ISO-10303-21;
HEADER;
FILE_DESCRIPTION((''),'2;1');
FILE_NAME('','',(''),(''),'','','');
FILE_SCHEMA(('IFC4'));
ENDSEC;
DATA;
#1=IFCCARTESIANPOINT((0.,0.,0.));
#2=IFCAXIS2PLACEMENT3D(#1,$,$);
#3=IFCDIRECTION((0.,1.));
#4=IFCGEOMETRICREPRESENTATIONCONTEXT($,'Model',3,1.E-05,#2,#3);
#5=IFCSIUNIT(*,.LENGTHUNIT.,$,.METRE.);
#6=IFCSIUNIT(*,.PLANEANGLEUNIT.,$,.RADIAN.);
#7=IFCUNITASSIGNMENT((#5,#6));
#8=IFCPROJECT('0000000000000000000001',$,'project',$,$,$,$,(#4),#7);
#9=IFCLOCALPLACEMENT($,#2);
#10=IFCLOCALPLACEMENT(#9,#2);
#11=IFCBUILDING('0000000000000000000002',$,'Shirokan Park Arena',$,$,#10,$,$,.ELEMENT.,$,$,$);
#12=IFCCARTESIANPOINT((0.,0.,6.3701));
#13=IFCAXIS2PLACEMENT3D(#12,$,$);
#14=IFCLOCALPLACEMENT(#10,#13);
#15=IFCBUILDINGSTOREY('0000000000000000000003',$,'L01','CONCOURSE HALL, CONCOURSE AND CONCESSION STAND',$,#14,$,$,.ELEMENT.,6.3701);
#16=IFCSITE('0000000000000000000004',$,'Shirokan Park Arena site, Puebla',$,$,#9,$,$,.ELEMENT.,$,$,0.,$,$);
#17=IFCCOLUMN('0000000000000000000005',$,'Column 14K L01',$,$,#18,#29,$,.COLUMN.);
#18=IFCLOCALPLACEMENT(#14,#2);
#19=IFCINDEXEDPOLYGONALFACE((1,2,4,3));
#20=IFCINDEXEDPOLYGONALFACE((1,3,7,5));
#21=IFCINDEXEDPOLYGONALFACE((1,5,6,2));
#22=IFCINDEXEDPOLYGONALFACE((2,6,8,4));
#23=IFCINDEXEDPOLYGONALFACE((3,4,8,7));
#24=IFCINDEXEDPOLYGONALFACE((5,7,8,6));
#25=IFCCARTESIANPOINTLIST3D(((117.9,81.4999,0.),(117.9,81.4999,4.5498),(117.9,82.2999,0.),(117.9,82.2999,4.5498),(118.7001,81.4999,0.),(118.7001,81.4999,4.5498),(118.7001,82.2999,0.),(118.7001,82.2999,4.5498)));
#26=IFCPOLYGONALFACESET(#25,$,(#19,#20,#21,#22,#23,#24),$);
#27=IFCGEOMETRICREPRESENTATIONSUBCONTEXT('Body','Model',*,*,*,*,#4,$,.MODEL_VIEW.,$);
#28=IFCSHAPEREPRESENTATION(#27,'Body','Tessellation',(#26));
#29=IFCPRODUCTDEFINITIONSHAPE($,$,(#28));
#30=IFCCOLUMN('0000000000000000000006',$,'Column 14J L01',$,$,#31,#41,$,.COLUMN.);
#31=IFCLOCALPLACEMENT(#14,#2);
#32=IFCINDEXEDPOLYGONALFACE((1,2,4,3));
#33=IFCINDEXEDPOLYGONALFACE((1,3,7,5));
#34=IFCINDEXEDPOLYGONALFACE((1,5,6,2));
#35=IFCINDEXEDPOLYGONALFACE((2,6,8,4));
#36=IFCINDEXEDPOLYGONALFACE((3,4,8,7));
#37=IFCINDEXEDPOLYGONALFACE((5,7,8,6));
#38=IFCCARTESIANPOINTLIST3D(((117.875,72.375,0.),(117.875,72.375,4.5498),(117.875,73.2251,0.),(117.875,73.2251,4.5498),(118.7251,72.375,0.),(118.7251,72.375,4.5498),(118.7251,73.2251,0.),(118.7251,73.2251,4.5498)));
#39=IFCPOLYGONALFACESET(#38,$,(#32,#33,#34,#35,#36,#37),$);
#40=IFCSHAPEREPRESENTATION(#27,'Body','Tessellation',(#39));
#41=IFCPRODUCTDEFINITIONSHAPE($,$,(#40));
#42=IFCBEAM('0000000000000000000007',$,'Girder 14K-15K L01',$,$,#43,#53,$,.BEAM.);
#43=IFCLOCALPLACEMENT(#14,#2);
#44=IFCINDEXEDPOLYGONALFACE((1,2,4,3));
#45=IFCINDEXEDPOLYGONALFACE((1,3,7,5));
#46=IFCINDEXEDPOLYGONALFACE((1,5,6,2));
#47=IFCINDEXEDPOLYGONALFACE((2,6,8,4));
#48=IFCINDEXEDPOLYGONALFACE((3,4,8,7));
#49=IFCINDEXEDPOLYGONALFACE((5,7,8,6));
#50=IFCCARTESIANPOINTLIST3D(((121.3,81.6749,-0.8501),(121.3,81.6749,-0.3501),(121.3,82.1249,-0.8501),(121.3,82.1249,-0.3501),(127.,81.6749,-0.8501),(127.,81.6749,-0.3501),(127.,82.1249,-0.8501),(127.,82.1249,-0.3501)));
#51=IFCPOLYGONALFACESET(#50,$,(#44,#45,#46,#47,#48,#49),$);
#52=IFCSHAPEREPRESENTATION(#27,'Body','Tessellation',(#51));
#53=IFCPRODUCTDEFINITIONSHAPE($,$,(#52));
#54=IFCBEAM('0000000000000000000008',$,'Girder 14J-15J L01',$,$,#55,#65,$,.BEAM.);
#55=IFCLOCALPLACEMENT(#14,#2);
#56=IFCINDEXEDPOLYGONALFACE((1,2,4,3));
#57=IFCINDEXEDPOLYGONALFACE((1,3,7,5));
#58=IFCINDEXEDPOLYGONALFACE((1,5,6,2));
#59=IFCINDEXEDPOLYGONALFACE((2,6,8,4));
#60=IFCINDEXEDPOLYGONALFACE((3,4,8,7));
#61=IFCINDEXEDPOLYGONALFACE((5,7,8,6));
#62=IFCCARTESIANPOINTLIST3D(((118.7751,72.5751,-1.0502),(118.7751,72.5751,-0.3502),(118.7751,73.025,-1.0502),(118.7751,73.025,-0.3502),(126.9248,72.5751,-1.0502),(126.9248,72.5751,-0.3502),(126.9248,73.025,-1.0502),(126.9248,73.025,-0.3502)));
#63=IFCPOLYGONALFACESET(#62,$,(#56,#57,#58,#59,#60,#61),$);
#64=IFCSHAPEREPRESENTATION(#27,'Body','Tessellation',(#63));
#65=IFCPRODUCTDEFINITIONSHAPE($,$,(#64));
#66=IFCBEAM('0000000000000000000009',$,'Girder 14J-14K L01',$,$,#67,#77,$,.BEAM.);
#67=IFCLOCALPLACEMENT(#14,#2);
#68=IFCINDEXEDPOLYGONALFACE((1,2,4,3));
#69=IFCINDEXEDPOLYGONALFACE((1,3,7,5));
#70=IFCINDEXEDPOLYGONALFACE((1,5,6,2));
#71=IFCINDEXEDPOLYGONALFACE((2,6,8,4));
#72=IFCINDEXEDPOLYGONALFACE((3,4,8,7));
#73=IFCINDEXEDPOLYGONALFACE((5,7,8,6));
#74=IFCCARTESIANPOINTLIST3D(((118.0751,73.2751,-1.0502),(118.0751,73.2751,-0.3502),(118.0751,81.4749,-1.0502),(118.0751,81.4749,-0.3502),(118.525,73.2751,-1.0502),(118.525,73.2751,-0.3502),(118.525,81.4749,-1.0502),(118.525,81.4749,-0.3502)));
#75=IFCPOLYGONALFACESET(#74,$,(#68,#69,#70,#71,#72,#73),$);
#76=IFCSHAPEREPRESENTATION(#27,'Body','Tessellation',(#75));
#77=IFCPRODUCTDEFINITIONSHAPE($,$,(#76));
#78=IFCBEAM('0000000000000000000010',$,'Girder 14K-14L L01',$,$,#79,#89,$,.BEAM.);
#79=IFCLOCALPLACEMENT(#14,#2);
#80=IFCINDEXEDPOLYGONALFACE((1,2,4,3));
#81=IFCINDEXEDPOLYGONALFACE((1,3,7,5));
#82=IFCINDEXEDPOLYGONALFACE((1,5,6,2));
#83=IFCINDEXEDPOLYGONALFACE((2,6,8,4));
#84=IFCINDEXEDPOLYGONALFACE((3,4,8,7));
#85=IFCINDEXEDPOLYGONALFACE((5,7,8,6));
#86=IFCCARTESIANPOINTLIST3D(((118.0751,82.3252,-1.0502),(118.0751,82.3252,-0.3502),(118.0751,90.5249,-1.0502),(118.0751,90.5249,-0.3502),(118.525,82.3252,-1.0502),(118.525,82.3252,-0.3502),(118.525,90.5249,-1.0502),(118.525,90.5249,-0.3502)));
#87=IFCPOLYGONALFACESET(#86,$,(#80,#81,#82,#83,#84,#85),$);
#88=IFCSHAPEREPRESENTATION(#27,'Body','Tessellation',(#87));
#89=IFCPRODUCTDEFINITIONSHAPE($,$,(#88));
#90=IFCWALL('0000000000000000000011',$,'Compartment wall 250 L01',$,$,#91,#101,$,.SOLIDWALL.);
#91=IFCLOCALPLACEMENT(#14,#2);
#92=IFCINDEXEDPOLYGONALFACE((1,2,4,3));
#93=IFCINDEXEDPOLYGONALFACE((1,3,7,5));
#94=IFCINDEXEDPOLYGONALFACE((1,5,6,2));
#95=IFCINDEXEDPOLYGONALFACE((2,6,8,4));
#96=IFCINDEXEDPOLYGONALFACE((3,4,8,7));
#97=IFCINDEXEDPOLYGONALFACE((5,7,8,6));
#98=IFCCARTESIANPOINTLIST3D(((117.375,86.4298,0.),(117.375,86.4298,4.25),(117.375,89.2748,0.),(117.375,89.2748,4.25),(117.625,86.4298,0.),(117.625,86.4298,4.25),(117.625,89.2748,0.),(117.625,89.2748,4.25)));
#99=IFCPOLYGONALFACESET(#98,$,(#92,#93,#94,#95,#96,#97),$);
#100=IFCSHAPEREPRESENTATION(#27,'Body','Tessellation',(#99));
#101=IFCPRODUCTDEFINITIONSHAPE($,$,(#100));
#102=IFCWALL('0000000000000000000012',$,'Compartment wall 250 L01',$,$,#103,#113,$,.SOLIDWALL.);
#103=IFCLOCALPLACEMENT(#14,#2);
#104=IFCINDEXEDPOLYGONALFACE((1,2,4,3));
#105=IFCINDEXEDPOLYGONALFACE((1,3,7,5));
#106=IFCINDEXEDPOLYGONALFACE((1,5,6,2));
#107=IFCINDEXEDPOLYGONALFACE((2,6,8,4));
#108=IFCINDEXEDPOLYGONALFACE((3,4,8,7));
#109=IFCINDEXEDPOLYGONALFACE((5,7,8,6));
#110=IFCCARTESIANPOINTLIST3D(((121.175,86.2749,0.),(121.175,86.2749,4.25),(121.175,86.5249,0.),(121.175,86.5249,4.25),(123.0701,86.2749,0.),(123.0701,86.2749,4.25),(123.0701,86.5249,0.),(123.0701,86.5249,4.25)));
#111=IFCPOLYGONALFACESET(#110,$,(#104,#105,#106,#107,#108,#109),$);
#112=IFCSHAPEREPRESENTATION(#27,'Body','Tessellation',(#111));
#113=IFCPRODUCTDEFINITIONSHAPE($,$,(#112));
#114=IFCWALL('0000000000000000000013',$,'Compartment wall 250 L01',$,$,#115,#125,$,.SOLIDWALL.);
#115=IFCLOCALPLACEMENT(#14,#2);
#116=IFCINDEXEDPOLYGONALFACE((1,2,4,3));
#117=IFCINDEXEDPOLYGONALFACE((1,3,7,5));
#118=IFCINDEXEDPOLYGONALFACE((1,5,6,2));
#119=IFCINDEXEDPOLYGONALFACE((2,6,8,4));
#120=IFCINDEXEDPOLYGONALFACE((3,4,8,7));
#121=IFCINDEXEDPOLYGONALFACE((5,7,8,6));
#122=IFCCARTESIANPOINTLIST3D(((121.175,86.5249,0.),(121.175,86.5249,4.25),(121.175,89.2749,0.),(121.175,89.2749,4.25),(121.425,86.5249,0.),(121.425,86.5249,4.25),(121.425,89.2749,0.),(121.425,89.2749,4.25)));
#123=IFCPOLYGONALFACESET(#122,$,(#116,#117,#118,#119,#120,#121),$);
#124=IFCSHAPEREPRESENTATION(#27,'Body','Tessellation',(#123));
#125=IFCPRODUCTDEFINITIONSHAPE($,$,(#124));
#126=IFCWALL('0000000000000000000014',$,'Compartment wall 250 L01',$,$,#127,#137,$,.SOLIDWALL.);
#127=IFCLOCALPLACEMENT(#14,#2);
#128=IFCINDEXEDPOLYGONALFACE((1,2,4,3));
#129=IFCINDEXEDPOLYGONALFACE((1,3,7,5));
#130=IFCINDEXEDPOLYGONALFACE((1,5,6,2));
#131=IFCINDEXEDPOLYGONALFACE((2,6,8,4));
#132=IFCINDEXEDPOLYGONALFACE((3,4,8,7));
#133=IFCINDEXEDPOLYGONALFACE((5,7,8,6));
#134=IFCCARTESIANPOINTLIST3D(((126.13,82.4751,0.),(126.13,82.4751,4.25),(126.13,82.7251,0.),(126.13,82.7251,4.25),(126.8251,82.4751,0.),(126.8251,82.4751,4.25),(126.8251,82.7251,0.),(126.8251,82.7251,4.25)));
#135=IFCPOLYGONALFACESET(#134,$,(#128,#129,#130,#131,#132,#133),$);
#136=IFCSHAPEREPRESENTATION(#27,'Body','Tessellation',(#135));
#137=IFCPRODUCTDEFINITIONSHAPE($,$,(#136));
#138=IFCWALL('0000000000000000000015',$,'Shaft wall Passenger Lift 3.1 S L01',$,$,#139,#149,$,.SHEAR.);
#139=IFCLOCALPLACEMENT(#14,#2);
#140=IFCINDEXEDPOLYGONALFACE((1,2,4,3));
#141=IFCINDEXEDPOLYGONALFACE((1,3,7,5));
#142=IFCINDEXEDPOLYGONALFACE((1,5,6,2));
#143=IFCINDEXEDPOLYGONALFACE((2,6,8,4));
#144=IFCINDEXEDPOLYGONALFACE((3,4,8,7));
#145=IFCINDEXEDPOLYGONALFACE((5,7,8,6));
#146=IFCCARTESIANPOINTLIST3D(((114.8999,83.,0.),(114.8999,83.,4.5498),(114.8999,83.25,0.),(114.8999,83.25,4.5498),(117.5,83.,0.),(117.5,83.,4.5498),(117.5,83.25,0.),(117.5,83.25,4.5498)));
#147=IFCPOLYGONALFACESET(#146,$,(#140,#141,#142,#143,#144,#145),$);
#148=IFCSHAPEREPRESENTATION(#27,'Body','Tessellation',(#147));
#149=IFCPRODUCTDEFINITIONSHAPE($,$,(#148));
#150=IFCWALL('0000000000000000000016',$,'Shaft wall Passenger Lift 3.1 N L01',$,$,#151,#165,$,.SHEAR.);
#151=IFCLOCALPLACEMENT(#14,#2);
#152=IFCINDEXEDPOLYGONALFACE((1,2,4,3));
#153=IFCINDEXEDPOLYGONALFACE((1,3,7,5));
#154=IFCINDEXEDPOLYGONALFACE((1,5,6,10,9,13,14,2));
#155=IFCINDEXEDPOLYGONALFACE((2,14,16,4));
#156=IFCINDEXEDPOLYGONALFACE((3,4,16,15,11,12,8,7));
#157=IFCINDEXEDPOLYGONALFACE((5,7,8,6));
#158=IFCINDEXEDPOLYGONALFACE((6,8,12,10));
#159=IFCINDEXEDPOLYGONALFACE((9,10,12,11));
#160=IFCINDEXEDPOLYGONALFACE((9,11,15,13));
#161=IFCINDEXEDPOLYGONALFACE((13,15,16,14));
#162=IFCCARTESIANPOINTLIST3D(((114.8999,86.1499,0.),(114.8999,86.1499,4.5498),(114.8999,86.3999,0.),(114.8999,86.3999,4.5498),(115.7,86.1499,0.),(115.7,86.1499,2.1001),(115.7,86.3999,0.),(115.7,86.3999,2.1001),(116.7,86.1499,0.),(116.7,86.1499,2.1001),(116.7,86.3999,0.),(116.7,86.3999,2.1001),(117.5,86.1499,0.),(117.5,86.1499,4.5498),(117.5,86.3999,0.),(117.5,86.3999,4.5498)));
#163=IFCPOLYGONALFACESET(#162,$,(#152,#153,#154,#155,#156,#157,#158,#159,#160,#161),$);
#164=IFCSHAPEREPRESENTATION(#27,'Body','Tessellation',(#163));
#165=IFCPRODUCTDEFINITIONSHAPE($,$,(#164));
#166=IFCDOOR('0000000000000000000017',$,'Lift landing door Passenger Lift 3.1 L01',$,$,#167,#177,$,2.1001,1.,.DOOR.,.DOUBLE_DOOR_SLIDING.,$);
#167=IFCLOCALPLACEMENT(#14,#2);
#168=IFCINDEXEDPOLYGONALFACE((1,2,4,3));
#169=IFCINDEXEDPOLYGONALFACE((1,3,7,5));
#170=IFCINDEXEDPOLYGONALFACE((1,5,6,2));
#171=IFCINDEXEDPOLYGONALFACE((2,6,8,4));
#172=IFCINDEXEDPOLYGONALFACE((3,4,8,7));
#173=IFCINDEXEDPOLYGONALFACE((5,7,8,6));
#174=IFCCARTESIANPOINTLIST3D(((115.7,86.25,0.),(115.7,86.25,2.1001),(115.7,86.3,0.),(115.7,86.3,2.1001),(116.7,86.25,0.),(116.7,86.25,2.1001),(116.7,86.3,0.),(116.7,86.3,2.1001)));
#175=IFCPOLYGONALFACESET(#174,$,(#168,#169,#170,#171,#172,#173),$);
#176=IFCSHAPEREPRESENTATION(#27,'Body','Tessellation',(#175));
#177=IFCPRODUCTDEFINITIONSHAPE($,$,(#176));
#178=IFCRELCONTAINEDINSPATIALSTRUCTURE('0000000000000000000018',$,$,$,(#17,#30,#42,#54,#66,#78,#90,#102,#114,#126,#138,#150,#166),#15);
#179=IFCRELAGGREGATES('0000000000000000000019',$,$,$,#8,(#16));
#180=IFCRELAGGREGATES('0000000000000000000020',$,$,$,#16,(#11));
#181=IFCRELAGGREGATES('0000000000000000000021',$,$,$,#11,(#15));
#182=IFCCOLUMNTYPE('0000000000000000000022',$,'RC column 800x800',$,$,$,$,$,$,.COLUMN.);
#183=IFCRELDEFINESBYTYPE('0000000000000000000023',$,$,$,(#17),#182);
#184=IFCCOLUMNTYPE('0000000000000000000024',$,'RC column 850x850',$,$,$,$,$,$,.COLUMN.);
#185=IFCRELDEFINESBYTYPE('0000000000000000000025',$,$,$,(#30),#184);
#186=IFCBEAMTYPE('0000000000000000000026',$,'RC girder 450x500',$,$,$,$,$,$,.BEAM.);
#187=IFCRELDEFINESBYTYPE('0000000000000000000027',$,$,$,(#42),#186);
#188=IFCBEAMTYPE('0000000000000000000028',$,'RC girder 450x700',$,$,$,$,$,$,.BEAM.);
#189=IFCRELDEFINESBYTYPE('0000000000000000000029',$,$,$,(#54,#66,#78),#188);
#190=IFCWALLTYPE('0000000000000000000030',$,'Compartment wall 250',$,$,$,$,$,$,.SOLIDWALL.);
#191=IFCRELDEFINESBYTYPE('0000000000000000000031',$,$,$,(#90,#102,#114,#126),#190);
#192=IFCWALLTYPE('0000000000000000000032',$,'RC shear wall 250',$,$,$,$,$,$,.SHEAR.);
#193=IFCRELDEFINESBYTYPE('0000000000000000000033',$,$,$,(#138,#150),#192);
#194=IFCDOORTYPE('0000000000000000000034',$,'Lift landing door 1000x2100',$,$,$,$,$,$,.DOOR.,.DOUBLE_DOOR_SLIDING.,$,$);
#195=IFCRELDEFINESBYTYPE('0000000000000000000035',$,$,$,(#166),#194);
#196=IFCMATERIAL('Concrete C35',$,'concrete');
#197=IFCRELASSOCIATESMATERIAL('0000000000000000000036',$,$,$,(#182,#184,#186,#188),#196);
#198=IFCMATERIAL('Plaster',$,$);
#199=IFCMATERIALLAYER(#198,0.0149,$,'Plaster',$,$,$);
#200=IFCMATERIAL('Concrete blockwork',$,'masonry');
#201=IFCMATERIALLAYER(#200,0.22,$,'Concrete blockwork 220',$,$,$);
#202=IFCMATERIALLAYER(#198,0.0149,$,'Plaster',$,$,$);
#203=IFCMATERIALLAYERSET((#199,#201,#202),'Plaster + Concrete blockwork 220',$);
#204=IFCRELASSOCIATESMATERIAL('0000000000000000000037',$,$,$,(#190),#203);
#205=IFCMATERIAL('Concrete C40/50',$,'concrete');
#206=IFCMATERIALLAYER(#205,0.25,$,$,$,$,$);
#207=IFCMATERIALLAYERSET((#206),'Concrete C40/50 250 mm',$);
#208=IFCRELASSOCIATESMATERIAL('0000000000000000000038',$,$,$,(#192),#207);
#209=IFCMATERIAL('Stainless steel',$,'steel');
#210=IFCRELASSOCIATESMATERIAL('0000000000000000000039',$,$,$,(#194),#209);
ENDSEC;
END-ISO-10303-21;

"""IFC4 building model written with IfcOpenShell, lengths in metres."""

from ifc_helpers import new_model, si_unit, direction, frame, frame_2d, origin, origin_2d, place, context, subcontext, project, spatial, rectangle, extrude, material, layer, layer_set, material_profile, profile_set, type_object, element, fill, save


model = new_model("IFC4")

# Units and contexts
model_context = context("Model", 3, precision=1e-05, world=origin(), true_north=direction((0.0, 1.0)))
body_context = subcontext(model_context, "Body", "Model", "MODEL_VIEW")
ifc_project = project(units=[si_unit("LENGTHUNIT", "METRE"), si_unit("PLANEANGLEUNIT", "RADIAN")], contexts=[model_context])

# Site, building, storey
site_placement = place(None, origin())
site = spatial("IfcSite", under=ifc_project, at=site_placement, Name="Shirokan Park Arena site, Puebla", CompositionType="ELEMENT", RefElevation=0.0)
building_placement = place(site_placement, origin())
building = spatial("IfcBuilding", under=site, at=building_placement, Name="Shirokan Park Arena", CompositionType="ELEMENT")
storey_placement = place(building_placement, frame((0.0, 0.0, 6.3701)))
storey = spatial("IfcBuildingStorey", under=building, at=storey_placement, Name="L01", Description="CONCOURSE HALL, CONCOURSE AND CONCESSION STAND", CompositionType="ELEMENT", Elevation=6.3701)

# Columns
ifc_material_1 = material(Name="Concrete C35", Category="concrete")
ifc_material_profile_1 = material_profile(ifc_material_1, rectangle(XDim=0.8, YDim=0.8, at=origin_2d()), Name="800x800")
ifc_profile_set_1 = profile_set([ifc_material_profile_1], Name="Concrete C35")
column_type_1 = type_object("IfcColumnType", Name="RC column 800x800", PredefinedType="COLUMN", material=ifc_profile_set_1)
column_1_placement = place(storey_placement, frame((118.3, 81.8999, 0.0), z_axis=(0.0, 0.0, 1.0), x_axis=(1.0, 0.0, 0.0)))
element("IfcColumn", 1, at=column_1_placement, inside=storey, type_object=column_type_1, Name="Column 14K L01", PredefinedType="COLUMN", context=body_context, shape_type="SweptSolid", body=[
    extrude(rectangle(XDim=0.8, YDim=0.8, at=origin_2d()), origin(), (0.0, 0.0, 1.0), 4.5498),
])
ifc_material_profile_2 = material_profile(ifc_material_1, rectangle(XDim=0.8501, YDim=0.8501, at=origin_2d()), Name="850x850")
ifc_profile_set_2 = profile_set([ifc_material_profile_2], Name="Concrete C35")
column_type_2 = type_object("IfcColumnType", Name="RC column 850x850", PredefinedType="COLUMN", material=ifc_profile_set_2)
column_2_placement = place(storey_placement, frame((118.3, 72.8, 0.0), z_axis=(0.0, 0.0, 1.0), x_axis=(1.0, 0.0, 0.0)))
element("IfcColumn", 2, at=column_2_placement, inside=storey, type_object=column_type_2, Name="Column 14J L01", PredefinedType="COLUMN", context=body_context, shape_type="SweptSolid", body=[
    extrude(rectangle(XDim=0.8501, YDim=0.8501, at=origin_2d()), origin(), (0.0, 0.0, 1.0), 4.5498),
])

# Beams
ifc_material_profile_3 = material_profile(ifc_material_1, rectangle(XDim=0.45, YDim=0.5, at=origin_2d()), Name="450x500")
ifc_profile_set_3 = profile_set([ifc_material_profile_3], Name="Concrete C35")
beam_type_1 = type_object("IfcBeamType", Name="RC girder 450x500", PredefinedType="BEAM", material=ifc_profile_set_3)
beam_1_placement = place(storey_placement, frame((121.3, 81.8999, -0.6001), z_axis=(1.0, 0.0, 0.0), x_axis=(0.0, 1.0, 0.0)))
element("IfcBeam", 3, at=beam_1_placement, inside=storey, type_object=beam_type_1, Name="Girder 14K-15K L01", PredefinedType="BEAM", context=body_context, shape_type="SweptSolid", body=[
    extrude(rectangle(XDim=0.45, YDim=0.5, at=origin_2d()), origin(), (0.0, 0.0, 1.0), 5.7),
])
ifc_material_profile_4 = material_profile(ifc_material_1, rectangle(XDim=0.45, YDim=0.7, at=origin_2d()), Name="450x700")
ifc_profile_set_4 = profile_set([ifc_material_profile_4], Name="Concrete C35")
beam_type_2 = type_object("IfcBeamType", Name="RC girder 450x700", PredefinedType="BEAM", material=ifc_profile_set_4)
beam_2_placement = place(storey_placement, frame((118.7751, 72.8, -0.7002), z_axis=(1.0, 0.0, 0.0), x_axis=(0.0, 1.0, 0.0)))
element("IfcBeam", 4, at=beam_2_placement, inside=storey, type_object=beam_type_2, Name="Girder 14J-15J L01", PredefinedType="BEAM", context=body_context, shape_type="SweptSolid", body=[
    extrude(rectangle(XDim=0.45, YDim=0.7, at=origin_2d()), origin(), (0.0, 0.0, 1.0), 8.1497),
])
for number, where, z_axis, x_axis, name in (
    (5, (118.3, 73.2751, -0.7002), (0.0, 1.0, 0.0), (-1.0, 0.0, 0.0), "Girder 14J-14K L01"),
    (6, (118.3, 82.3252, -0.7002), (0.0, 1.0, 0.0), (-1.0, 0.0, 0.0), "Girder 14K-14L L01"),
):
    element("IfcBeam", number, at=place(storey_placement, frame(where, z_axis=z_axis, x_axis=x_axis)), inside=storey, type_object=beam_type_2, Name=name, PredefinedType="BEAM", context=body_context, shape_type="SweptSolid", body=[
        extrude(rectangle(XDim=0.45, YDim=0.7, at=origin_2d()), origin(), (0.0, 0.0, 1.0), 8.1997),
    ])

# Walls
ifc_material_2 = material(Name="Plaster")
ifc_layer_1 = layer(ifc_material_2, 0.0149, Name="Plaster")
ifc_material_3 = material(Name="Concrete blockwork", Category="masonry")
ifc_layer_2 = layer(ifc_material_3, 0.22, Name="Concrete blockwork 220")
ifc_layer_3 = layer(ifc_material_2, 0.0149, Name="Plaster")
ifc_layer_set_1 = layer_set([ifc_layer_1, ifc_layer_2, ifc_layer_3], Name="Plaster + Concrete blockwork 220")
wall_type_1 = type_object("IfcWallType", Name="Compartment wall 250", PredefinedType="SOLIDWALL", material=ifc_layer_set_1)
wall_1_placement = place(storey_placement, frame((117.5, 86.4299, 0.0), z_axis=(0.0, 0.0, 1.0), x_axis=(0.0, 1.0, 0.0)))
element("IfcWall", 7, at=wall_1_placement, inside=storey, type_object=wall_type_1, Name="Compartment wall 250 L01", PredefinedType="SOLIDWALL", context=body_context, shape_type="SweptSolid", body=[
    extrude(rectangle(XDim=2.845, YDim=0.25, at=frame_2d((1.4224, 0.0))), origin(), (0.0, 0.0, 1.0), 4.25),
])
wall_2_placement = place(storey_placement, frame((121.175, 86.3999, 0.0), z_axis=(0.0, 0.0, 1.0), x_axis=(1.0, 0.0, 0.0)))
element("IfcWall", 8, at=wall_2_placement, inside=storey, type_object=wall_type_1, Name="Compartment wall 250 L01", PredefinedType="SOLIDWALL", context=body_context, shape_type="SweptSolid", body=[
    extrude(rectangle(XDim=1.895, YDim=0.25, at=frame_2d((0.9475, 0.0))), origin(), (0.0, 0.0, 1.0), 4.25),
])
wall_3_placement = place(storey_placement, frame((121.3, 89.2749, 0.0), z_axis=(0.0, 0.0, 1.0), x_axis=(0.0, -1.0, 0.0)))
element("IfcWall", 9, at=wall_3_placement, inside=storey, type_object=wall_type_1, Name="Compartment wall 250 L01", PredefinedType="SOLIDWALL", context=body_context, shape_type="SweptSolid", body=[
    extrude(rectangle(XDim=2.75, YDim=0.25, at=frame_2d((1.375, 0.0))), origin(), (0.0, 0.0, 1.0), 4.25),
])
wall_4_placement = place(storey_placement, frame((126.1299, 82.6001, 0.0), z_axis=(0.0, 0.0, 1.0), x_axis=(1.0, 0.0, 0.0)))
element("IfcWall", 10, at=wall_4_placement, inside=storey, type_object=wall_type_1, Name="Compartment wall 250 L01", PredefinedType="SOLIDWALL", context=body_context, shape_type="SweptSolid", body=[
    extrude(rectangle(XDim=0.6951, YDim=0.25, at=frame_2d((0.3477, 0.0))), origin(), (0.0, 0.0, 1.0), 4.25),
])
ifc_material_4 = material(Name="Concrete C40/50", Category="concrete")
ifc_layer_4 = layer(ifc_material_4, 0.25)
ifc_layer_set_2 = layer_set([ifc_layer_4], Name="Concrete C40/50 250 mm")
wall_type_2 = type_object("IfcWallType", Name="RC shear wall 250", PredefinedType="SHEAR", material=ifc_layer_set_2)
wall_5_placement = place(storey_placement, frame((117.5, 83.125, 0.0), z_axis=(0.0, 0.0, 1.0), x_axis=(-1.0, 0.0, 0.0)))
element("IfcWall", 11, at=wall_5_placement, inside=storey, type_object=wall_type_2, Name="Shaft wall Passenger Lift 3.1 S L01", PredefinedType="SHEAR", context=body_context, shape_type="SweptSolid", body=[
    extrude(rectangle(XDim=2.6001, YDim=0.25, at=frame_2d((1.3, 0.0))), origin(), (0.0, 0.0, 1.0), 4.5498),
])

# Wall, opening, door
wall_6_placement = place(storey_placement, frame((117.5, 86.2749, 0.0), z_axis=(0.0, 0.0, 1.0), x_axis=(-1.0, 0.0, 0.0)))
wall_6 = element("IfcWall", 12, at=wall_6_placement, inside=storey, type_object=wall_type_2, Name="Shaft wall Passenger Lift 3.1 N L01", PredefinedType="SHEAR", context=body_context, shape_type="SweptSolid", body=[
    extrude(rectangle(XDim=2.6001, YDim=0.25, at=frame_2d((1.3, 0.0))), origin(), (0.0, 0.0, 1.0), 4.5498),
])
opening_1_placement = place(wall_6_placement, frame((0.8, 0.0, 0.0)))
opening_1 = element("IfcOpeningElement", 13, at=opening_1_placement, cuts=wall_6, PredefinedType="OPENING", context=body_context, shape_type="SweptSolid", body=[
    extrude(rectangle(XDim=1.0, YDim=2.1001, at=frame_2d((0.5, 1.05))), frame((0.0, 0.135, 0.0), z_axis=(0.0, -1.0, 0.0), x_axis=(1.0, 0.0, 0.0)), (0.0, 0.0, 1.0), 0.27),
])
ifc_material_5 = material(Name="Stainless steel", Category="steel")
door_type_1 = type_object("IfcDoorType", Name="Lift landing door 1000x2100", OperationType="DOUBLE_DOOR_SLIDING", PredefinedType="DOOR", material=ifc_material_5)
door_1_placement = place(opening_1_placement, origin())
door_1 = element("IfcDoor", 14, at=door_1_placement, inside=storey, type_object=door_type_1, Name="Lift landing door Passenger Lift 3.1 L01", OperationType="DOUBLE_DOOR_SLIDING", OverallHeight=2.1001, OverallWidth=1.0, PredefinedType="DOOR", context=body_context, shape_type="SweptSolid", body=[
    extrude(rectangle(XDim=1.0, YDim=2.1001, at=frame_2d((0.5, 1.05))), frame((0.0, 0.0249, 0.0), z_axis=(0.0, -1.0, 0.0), x_axis=(1.0, 0.0, 0.0)), (0.0, 0.0, 1.0), 0.05),
])
fill(opening_1, door_1)

save(model, "model.ifc")
